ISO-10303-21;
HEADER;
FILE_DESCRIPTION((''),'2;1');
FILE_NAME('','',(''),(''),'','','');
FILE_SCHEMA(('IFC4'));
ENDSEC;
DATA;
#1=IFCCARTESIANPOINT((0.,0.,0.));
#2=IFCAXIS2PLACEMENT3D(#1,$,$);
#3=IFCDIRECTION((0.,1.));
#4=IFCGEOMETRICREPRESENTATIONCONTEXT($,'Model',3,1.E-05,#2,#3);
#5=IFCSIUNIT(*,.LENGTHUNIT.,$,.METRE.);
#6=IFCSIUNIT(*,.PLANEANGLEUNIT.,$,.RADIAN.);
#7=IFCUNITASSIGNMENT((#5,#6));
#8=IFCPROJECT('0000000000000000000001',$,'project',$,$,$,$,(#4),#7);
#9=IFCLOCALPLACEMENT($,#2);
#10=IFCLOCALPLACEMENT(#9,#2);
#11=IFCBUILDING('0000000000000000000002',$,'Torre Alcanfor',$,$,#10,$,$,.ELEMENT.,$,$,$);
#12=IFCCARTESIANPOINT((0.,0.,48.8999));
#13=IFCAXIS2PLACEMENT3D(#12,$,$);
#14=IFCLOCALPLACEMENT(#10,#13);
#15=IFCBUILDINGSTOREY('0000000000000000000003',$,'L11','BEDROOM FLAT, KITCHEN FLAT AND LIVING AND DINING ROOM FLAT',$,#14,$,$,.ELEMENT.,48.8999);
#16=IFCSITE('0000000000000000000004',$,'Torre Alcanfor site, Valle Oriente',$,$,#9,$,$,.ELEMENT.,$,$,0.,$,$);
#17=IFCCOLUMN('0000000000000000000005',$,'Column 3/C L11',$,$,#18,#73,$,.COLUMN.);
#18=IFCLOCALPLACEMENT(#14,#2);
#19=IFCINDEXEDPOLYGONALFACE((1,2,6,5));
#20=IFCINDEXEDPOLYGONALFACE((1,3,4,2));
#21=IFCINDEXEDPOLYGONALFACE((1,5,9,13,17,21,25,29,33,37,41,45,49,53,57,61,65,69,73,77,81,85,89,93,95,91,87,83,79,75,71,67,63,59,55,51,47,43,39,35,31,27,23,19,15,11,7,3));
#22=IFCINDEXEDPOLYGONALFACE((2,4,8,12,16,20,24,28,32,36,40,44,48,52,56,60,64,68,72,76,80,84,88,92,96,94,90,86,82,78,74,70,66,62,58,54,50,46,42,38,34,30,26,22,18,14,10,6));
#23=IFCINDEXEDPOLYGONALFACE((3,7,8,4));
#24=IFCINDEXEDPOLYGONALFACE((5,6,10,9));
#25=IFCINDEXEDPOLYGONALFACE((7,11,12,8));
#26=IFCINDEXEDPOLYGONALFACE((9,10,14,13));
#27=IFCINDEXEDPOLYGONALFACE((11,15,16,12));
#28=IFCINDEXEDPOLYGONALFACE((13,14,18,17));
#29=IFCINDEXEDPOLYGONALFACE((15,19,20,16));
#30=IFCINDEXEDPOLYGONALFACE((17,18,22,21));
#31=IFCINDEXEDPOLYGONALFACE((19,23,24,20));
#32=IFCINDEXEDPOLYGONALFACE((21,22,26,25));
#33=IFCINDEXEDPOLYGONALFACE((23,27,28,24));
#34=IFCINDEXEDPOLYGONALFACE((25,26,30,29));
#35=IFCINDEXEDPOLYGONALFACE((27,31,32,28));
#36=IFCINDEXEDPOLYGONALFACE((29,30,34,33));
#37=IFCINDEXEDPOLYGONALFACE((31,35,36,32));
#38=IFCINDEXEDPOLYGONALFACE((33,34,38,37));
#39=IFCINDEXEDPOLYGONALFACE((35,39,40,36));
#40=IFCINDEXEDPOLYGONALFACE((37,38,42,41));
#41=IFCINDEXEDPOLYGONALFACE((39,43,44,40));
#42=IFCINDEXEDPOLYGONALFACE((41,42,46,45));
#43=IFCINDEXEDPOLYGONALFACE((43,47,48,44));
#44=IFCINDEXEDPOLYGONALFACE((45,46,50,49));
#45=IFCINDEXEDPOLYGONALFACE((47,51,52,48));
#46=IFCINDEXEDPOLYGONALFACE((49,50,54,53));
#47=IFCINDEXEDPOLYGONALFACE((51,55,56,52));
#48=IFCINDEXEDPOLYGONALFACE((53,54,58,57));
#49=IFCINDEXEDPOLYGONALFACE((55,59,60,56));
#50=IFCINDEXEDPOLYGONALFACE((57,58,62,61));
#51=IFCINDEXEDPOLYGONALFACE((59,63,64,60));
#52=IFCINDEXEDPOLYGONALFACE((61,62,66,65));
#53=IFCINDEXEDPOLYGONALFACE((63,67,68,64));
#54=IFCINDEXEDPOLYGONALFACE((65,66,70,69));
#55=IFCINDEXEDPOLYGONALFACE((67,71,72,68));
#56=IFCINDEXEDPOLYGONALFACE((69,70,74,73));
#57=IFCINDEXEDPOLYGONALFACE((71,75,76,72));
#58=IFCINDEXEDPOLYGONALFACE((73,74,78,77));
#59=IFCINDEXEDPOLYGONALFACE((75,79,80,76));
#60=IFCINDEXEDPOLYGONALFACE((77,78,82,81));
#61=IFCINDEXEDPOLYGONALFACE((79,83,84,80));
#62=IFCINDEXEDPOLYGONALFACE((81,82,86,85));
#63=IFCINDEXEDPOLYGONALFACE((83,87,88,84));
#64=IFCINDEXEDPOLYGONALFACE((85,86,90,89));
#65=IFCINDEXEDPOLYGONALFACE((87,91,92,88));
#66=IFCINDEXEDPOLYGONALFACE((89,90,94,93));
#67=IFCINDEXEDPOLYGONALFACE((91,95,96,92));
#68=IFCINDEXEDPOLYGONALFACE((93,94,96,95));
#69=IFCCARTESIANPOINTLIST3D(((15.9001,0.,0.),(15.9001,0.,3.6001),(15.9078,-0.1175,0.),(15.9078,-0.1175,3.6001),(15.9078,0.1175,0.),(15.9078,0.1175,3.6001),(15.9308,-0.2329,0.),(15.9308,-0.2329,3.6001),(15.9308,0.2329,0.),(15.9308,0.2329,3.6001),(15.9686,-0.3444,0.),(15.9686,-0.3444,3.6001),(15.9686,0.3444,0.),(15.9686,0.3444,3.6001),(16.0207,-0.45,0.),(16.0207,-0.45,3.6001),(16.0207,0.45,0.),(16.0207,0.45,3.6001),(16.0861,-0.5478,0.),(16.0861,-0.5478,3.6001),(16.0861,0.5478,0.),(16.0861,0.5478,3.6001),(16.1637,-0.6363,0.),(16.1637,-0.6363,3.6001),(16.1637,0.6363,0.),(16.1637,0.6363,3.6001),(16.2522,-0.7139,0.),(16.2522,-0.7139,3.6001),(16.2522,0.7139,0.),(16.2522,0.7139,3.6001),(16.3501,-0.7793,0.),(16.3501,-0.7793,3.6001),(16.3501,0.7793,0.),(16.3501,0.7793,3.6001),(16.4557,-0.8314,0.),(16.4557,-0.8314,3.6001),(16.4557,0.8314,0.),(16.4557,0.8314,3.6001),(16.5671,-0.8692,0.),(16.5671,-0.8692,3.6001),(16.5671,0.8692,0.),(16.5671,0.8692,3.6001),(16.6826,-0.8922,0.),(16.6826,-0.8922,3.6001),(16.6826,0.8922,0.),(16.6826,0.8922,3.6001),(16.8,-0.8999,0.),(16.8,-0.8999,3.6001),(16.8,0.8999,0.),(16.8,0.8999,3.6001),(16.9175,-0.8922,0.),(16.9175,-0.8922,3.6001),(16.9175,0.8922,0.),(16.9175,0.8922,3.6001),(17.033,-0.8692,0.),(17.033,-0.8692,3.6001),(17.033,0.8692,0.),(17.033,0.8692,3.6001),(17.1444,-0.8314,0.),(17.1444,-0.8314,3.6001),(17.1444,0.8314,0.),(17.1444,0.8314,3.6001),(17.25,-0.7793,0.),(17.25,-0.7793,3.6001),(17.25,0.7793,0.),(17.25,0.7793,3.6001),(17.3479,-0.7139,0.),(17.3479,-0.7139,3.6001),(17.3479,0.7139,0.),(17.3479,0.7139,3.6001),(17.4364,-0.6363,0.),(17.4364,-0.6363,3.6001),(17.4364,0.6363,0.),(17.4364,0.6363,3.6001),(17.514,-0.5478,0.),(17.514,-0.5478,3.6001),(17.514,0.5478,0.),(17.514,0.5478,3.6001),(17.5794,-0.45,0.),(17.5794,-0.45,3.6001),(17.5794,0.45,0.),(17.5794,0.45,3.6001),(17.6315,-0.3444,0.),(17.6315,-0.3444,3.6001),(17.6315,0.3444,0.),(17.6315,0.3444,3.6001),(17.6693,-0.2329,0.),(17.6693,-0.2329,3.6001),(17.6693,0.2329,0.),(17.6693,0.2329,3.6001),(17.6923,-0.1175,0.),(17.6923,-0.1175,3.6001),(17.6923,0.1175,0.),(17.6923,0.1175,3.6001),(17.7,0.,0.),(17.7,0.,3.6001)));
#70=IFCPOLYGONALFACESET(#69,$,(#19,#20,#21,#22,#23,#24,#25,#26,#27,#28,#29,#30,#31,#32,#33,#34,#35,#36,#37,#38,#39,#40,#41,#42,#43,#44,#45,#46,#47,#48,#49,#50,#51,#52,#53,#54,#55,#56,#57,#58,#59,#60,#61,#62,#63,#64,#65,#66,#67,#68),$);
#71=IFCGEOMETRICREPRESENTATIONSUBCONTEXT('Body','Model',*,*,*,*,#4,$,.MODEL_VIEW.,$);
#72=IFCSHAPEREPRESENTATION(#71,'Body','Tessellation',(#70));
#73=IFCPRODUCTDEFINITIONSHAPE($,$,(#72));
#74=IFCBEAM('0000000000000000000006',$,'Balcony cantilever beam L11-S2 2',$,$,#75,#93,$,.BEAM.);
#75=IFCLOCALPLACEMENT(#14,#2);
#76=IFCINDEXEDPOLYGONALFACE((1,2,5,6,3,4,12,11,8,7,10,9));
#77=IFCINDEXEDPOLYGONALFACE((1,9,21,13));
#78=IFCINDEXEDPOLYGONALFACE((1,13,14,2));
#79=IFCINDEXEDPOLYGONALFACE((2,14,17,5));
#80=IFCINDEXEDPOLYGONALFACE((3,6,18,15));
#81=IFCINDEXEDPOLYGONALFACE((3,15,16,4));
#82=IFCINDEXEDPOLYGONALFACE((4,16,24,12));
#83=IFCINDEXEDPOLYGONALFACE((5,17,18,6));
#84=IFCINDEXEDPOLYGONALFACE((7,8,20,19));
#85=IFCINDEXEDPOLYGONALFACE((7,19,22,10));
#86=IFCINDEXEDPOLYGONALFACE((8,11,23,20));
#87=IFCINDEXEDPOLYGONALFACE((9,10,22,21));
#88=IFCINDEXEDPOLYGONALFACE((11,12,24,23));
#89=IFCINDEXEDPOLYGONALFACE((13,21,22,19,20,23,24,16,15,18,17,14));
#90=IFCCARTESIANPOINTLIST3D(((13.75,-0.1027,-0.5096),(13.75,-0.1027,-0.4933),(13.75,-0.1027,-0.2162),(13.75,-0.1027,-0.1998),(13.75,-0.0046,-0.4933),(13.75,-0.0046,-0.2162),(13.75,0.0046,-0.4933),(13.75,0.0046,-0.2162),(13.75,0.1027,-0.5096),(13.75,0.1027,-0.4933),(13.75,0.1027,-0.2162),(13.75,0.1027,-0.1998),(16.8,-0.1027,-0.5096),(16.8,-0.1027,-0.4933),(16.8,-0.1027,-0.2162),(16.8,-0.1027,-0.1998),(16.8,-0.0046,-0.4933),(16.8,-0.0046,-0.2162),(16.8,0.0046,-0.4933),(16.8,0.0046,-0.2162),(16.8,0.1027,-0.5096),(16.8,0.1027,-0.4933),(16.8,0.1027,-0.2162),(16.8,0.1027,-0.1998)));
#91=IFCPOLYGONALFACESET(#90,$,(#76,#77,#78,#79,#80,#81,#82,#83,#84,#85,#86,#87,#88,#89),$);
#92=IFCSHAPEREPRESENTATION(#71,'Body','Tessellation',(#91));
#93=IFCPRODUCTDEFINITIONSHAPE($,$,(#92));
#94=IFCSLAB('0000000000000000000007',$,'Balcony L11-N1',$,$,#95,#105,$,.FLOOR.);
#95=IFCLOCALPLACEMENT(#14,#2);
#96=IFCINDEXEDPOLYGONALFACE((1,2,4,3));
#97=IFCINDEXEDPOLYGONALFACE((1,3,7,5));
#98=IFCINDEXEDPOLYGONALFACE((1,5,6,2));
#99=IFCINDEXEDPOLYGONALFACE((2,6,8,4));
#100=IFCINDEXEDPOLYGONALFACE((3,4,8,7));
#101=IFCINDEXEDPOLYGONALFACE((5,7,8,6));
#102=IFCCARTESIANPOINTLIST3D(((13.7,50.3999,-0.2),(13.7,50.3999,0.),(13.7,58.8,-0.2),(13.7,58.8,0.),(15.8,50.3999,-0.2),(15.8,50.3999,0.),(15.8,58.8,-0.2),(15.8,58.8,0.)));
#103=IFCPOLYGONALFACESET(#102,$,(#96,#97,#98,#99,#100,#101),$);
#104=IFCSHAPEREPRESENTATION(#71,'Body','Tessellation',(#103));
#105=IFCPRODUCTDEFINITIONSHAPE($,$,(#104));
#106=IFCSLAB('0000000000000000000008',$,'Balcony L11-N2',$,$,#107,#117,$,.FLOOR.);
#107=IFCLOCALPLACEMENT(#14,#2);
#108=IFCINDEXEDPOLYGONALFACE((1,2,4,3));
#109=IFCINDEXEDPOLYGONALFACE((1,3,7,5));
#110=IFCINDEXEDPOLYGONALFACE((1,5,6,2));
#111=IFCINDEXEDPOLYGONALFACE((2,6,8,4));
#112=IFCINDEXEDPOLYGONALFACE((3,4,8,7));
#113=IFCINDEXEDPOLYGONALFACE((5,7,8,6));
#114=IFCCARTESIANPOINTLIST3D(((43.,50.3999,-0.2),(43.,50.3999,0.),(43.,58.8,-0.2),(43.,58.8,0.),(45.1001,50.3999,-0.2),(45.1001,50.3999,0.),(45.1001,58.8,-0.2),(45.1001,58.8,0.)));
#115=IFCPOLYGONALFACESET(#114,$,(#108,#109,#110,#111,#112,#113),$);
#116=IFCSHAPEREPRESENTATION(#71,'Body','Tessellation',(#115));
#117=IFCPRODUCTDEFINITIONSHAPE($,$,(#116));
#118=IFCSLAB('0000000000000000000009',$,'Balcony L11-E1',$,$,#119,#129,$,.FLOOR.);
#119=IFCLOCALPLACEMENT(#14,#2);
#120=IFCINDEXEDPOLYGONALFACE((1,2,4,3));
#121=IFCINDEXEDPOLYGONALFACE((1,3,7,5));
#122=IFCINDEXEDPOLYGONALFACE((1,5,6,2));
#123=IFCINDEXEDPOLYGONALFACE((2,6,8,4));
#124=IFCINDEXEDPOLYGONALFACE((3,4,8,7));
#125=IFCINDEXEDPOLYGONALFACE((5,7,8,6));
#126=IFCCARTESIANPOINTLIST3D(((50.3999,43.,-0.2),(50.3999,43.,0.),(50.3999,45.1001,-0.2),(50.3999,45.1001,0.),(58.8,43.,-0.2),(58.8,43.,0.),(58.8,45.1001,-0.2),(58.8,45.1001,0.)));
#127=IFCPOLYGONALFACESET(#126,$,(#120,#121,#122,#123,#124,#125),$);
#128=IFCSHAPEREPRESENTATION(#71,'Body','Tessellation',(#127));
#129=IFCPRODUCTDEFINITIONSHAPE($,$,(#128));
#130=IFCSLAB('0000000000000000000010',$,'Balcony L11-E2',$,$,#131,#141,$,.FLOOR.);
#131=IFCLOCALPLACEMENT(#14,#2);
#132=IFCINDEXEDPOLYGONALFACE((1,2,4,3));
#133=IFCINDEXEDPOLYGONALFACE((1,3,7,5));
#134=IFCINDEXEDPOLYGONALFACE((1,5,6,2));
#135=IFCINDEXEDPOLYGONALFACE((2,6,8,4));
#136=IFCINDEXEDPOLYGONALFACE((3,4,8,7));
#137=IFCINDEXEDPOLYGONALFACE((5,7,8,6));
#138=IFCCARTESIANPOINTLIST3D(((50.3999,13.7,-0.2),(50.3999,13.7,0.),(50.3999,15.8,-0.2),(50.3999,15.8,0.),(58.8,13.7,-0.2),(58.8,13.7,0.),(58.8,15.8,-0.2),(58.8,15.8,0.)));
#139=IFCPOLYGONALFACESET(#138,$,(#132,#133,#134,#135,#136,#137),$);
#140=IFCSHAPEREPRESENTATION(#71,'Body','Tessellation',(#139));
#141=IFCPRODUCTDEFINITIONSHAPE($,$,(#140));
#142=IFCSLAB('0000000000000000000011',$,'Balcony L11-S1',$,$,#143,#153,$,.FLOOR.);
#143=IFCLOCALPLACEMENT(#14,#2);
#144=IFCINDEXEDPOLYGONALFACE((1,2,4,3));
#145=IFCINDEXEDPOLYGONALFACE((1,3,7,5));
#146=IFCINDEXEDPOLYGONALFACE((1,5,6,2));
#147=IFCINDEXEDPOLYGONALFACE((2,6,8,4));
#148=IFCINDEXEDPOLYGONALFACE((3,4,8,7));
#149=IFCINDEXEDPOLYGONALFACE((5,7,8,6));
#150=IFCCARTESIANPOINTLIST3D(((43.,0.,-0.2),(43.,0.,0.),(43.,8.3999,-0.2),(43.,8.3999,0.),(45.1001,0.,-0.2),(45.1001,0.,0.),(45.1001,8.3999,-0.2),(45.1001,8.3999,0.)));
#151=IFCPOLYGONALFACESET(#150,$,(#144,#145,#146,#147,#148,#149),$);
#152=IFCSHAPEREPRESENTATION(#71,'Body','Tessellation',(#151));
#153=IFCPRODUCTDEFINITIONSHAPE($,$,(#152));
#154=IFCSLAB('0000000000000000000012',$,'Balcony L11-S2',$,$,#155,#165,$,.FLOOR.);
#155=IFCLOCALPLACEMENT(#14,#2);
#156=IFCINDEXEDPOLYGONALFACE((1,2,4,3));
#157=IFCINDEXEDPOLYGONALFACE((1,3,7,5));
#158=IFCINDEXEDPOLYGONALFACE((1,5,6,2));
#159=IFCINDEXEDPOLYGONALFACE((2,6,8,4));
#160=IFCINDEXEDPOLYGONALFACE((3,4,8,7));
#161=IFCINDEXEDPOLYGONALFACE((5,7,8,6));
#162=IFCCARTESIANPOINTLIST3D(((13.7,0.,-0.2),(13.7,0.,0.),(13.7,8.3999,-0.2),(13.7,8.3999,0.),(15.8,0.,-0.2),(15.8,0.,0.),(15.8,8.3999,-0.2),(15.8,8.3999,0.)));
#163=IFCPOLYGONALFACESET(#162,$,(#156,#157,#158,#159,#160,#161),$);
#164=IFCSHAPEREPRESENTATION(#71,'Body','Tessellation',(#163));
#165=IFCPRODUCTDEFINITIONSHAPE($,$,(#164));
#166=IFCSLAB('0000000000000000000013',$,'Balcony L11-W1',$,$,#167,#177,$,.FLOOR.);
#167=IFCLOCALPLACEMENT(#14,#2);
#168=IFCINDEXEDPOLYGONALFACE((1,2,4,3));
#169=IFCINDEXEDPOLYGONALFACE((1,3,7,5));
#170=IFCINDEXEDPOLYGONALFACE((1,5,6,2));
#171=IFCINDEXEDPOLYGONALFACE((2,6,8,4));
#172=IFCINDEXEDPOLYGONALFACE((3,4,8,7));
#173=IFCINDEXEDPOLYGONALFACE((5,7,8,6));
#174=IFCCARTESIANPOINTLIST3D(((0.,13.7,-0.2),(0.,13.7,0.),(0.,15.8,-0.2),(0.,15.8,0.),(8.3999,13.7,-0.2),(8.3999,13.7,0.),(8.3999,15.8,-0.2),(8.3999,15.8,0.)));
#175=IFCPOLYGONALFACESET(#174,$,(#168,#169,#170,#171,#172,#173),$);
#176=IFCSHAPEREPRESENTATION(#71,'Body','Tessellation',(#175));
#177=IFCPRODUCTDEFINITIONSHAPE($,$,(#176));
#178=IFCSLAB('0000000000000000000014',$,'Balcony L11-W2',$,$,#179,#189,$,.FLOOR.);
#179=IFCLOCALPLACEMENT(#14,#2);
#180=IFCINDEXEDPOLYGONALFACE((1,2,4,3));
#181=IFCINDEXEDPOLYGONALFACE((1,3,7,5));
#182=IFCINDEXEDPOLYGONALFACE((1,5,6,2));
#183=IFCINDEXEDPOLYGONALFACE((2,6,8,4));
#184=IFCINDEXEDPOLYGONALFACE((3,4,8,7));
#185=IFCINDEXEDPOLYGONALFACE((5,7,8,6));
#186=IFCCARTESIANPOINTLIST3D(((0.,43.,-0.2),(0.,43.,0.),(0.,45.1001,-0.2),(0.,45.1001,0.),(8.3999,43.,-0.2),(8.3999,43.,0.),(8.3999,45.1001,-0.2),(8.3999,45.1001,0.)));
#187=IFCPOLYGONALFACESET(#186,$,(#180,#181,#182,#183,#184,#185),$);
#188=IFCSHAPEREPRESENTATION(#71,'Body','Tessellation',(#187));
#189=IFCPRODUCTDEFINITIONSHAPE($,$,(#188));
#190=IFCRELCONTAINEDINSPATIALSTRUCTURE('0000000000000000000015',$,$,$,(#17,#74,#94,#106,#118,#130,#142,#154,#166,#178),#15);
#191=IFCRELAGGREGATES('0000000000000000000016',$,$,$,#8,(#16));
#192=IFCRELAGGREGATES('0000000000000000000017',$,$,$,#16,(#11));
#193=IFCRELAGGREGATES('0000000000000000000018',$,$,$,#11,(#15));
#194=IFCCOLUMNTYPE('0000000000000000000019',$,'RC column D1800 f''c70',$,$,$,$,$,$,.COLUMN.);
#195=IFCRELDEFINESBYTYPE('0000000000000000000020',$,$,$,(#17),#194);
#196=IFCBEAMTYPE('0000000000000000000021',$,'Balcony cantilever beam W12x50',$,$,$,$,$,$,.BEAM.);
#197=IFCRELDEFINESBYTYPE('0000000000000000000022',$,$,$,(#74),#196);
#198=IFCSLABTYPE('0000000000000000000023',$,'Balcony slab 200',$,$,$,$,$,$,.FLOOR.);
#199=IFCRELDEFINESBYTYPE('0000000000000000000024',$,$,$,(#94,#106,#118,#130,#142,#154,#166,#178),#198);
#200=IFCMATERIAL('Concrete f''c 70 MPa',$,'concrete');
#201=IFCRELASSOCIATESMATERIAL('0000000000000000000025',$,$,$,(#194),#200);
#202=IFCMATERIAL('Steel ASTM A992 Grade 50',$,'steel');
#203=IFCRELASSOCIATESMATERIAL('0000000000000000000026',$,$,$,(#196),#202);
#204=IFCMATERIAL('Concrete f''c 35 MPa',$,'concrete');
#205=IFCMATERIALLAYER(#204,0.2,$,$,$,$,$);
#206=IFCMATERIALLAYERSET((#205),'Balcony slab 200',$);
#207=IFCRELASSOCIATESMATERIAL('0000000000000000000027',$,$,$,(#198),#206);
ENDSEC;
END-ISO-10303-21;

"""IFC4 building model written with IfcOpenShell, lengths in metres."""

from ifc_helpers import new_model, si_unit, direction, frame, origin, origin_2d, place, context, subcontext, project, spatial, polyline, circle, i_section, outline, extrude, material, layer, layer_set, material_profile, profile_set, type_object, element, save


model = new_model("IFC4")

# Units and contexts
model_context = context("Model", 3, precision=1e-05, world=origin(), true_north=direction((0.0, 1.0)))
body_context = subcontext(model_context, "Body", "Model", "MODEL_VIEW")
ifc_project = project(units=[si_unit("LENGTHUNIT", "METRE"), si_unit("PLANEANGLEUNIT", "RADIAN")], contexts=[model_context])

# Site, building, storey
site_placement = place(None, origin())
site = spatial("IfcSite", under=ifc_project, at=site_placement, Name="Torre Alcanfor site, Valle Oriente", CompositionType="ELEMENT", RefElevation=0.0)
building_placement = place(site_placement, origin())
building = spatial("IfcBuilding", under=site, at=building_placement, Name="Torre Alcanfor", CompositionType="ELEMENT")
storey_placement = place(building_placement, frame((0.0, 0.0, 48.8999)))
storey = spatial("IfcBuildingStorey", under=building, at=storey_placement, Name="L11", Description="BEDROOM FLAT, KITCHEN FLAT AND LIVING AND DINING ROOM FLAT", CompositionType="ELEMENT", Elevation=48.8999)

# Column
ifc_material_1 = material(Name="Concrete f'c 70 MPa", Category="concrete")
ifc_material_profile_1 = material_profile(ifc_material_1, circle(Radius=0.8999, at=origin_2d()), Name="D1800")
ifc_profile_set_1 = profile_set([ifc_material_profile_1], Name="Concrete f'c 70 MPa")
column_type = type_object("IfcColumnType", Name="RC column D1800 f'c70", PredefinedType="COLUMN", material=ifc_profile_set_1)
column_placement = place(storey_placement, frame((16.8, 0.0, 0.0), z_axis=(0.0, 0.0, 1.0), x_axis=(1.0, 0.0, 0.0)))
element("IfcColumn", 1, at=column_placement, inside=storey, type_object=column_type, Name="Column 3/C L11", PredefinedType="COLUMN", context=body_context, shape_type="SweptSolid", body=[
    extrude(circle(Radius=0.8999, at=origin_2d()), origin(), (0.0, 0.0, 1.0), 3.6001),
])

# Beam
ifc_material_2 = material(Name="Steel ASTM A992 Grade 50", Category="steel")
ifc_material_profile_2 = material_profile(ifc_material_2, i_section(OverallWidth=0.2053, OverallDepth=0.3098, WebThickness=0.0093, FlangeThickness=0.0164, at=origin_2d()), Name="W12x50")
ifc_profile_set_2 = profile_set([ifc_material_profile_2], Name="Steel ASTM A992 Grade 50")
beam_type = type_object("IfcBeamType", Name="Balcony cantilever beam W12x50", PredefinedType="BEAM", material=ifc_profile_set_2)
beam_placement = place(storey_placement, frame((16.8, 0.0, -0.3547), z_axis=(-1.0, 0.0, 0.0), x_axis=(0.0, -1.0, 0.0)))
element("IfcBeam", 2, at=beam_placement, inside=storey, type_object=beam_type, Name="Balcony cantilever beam L11-S2 2", PredefinedType="BEAM", context=body_context, shape_type="SweptSolid", body=[
    extrude(i_section(OverallWidth=0.2053, OverallDepth=0.3098, WebThickness=0.0093, FlangeThickness=0.0164, at=origin_2d()), origin(), (0.0, 0.0, 1.0), 3.05),
])

# Slabs
ifc_material_3 = material(Name="Concrete f'c 35 MPa", Category="concrete")
ifc_layer_1 = layer(ifc_material_3, 0.2)
ifc_layer_set_1 = layer_set([ifc_layer_1], Name="Balcony slab 200")
slab_type_1 = type_object("IfcSlabType", Name="Balcony slab 200", PredefinedType="FLOOR", material=ifc_layer_set_1)
slab_1_placement = place(storey_placement, frame((0.0, 0.0, -0.2)))
element("IfcSlab", 3, at=slab_1_placement, inside=storey, type_object=slab_type_1, Name="Balcony L11-N1", PredefinedType="FLOOR", context=body_context, shape_type="SweptSolid", body=[
    extrude(outline(polyline([(15.8, 50.3999), (15.8, 58.8), (13.7, 58.8), (13.7, 50.3999), (15.8, 50.3999)])), origin(), (0.0, 0.0, 1.0), 0.2),
])
slab_2_placement = place(storey_placement, frame((0.0, 0.0, -0.2)))
element("IfcSlab", 4, at=slab_2_placement, inside=storey, type_object=slab_type_1, Name="Balcony L11-N2", PredefinedType="FLOOR", context=body_context, shape_type="SweptSolid", body=[
    extrude(outline(polyline([(45.1001, 50.3999), (45.1001, 58.8), (43.0, 58.8), (43.0, 50.3999), (45.1001, 50.3999)])), origin(), (0.0, 0.0, 1.0), 0.2),
])
slab_3_placement = place(storey_placement, frame((0.0, 0.0, -0.2)))
element("IfcSlab", 5, at=slab_3_placement, inside=storey, type_object=slab_type_1, Name="Balcony L11-E1", PredefinedType="FLOOR", context=body_context, shape_type="SweptSolid", body=[
    extrude(outline(polyline([(50.3999, 43.0), (58.8, 43.0), (58.8, 45.1001), (50.3999, 45.1001), (50.3999, 43.0)])), origin(), (0.0, 0.0, 1.0), 0.2),
])
slab_4_placement = place(storey_placement, frame((0.0, 0.0, -0.2)))
element("IfcSlab", 6, at=slab_4_placement, inside=storey, type_object=slab_type_1, Name="Balcony L11-E2", PredefinedType="FLOOR", context=body_context, shape_type="SweptSolid", body=[
    extrude(outline(polyline([(50.3999, 13.7), (58.8, 13.7), (58.8, 15.8), (50.3999, 15.8), (50.3999, 13.7)])), origin(), (0.0, 0.0, 1.0), 0.2),
])
slab_5_placement = place(storey_placement, frame((0.0, 0.0, -0.2)))
element("IfcSlab", 7, at=slab_5_placement, inside=storey, type_object=slab_type_1, Name="Balcony L11-S1", PredefinedType="FLOOR", context=body_context, shape_type="SweptSolid", body=[
    extrude(outline(polyline([(43.0, 8.3999), (43.0, 0.0), (45.1001, 0.0), (45.1001, 8.3999), (43.0, 8.3999)])), origin(), (0.0, 0.0, 1.0), 0.2),
])
slab_6_placement = place(storey_placement, frame((0.0, 0.0, -0.2)))
element("IfcSlab", 8, at=slab_6_placement, inside=storey, type_object=slab_type_1, Name="Balcony L11-S2", PredefinedType="FLOOR", context=body_context, shape_type="SweptSolid", body=[
    extrude(outline(polyline([(13.7, 8.3999), (13.7, 0.0), (15.8, 0.0), (15.8, 8.3999), (13.7, 8.3999)])), origin(), (0.0, 0.0, 1.0), 0.2),
])
slab_7_placement = place(storey_placement, frame((0.0, 0.0, -0.2)))
element("IfcSlab", 9, at=slab_7_placement, inside=storey, type_object=slab_type_1, Name="Balcony L11-W1", PredefinedType="FLOOR", context=body_context, shape_type="SweptSolid", body=[
    extrude(outline(polyline([(8.3999, 15.8), (0.0, 15.8), (0.0, 13.7), (8.3999, 13.7), (8.3999, 15.8)])), origin(), (0.0, 0.0, 1.0), 0.2),
])
slab_8_placement = place(storey_placement, frame((0.0, 0.0, -0.2)))
element("IfcSlab", 10, at=slab_8_placement, inside=storey, type_object=slab_type_1, Name="Balcony L11-W2", PredefinedType="FLOOR", context=body_context, shape_type="SweptSolid", body=[
    extrude(outline(polyline([(8.3999, 45.1001), (0.0, 45.1001), (0.0, 43.0), (8.3999, 43.0), (8.3999, 45.1001)])), origin(), (0.0, 0.0, 1.0), 0.2),
])

save(model, "model.ifc")
